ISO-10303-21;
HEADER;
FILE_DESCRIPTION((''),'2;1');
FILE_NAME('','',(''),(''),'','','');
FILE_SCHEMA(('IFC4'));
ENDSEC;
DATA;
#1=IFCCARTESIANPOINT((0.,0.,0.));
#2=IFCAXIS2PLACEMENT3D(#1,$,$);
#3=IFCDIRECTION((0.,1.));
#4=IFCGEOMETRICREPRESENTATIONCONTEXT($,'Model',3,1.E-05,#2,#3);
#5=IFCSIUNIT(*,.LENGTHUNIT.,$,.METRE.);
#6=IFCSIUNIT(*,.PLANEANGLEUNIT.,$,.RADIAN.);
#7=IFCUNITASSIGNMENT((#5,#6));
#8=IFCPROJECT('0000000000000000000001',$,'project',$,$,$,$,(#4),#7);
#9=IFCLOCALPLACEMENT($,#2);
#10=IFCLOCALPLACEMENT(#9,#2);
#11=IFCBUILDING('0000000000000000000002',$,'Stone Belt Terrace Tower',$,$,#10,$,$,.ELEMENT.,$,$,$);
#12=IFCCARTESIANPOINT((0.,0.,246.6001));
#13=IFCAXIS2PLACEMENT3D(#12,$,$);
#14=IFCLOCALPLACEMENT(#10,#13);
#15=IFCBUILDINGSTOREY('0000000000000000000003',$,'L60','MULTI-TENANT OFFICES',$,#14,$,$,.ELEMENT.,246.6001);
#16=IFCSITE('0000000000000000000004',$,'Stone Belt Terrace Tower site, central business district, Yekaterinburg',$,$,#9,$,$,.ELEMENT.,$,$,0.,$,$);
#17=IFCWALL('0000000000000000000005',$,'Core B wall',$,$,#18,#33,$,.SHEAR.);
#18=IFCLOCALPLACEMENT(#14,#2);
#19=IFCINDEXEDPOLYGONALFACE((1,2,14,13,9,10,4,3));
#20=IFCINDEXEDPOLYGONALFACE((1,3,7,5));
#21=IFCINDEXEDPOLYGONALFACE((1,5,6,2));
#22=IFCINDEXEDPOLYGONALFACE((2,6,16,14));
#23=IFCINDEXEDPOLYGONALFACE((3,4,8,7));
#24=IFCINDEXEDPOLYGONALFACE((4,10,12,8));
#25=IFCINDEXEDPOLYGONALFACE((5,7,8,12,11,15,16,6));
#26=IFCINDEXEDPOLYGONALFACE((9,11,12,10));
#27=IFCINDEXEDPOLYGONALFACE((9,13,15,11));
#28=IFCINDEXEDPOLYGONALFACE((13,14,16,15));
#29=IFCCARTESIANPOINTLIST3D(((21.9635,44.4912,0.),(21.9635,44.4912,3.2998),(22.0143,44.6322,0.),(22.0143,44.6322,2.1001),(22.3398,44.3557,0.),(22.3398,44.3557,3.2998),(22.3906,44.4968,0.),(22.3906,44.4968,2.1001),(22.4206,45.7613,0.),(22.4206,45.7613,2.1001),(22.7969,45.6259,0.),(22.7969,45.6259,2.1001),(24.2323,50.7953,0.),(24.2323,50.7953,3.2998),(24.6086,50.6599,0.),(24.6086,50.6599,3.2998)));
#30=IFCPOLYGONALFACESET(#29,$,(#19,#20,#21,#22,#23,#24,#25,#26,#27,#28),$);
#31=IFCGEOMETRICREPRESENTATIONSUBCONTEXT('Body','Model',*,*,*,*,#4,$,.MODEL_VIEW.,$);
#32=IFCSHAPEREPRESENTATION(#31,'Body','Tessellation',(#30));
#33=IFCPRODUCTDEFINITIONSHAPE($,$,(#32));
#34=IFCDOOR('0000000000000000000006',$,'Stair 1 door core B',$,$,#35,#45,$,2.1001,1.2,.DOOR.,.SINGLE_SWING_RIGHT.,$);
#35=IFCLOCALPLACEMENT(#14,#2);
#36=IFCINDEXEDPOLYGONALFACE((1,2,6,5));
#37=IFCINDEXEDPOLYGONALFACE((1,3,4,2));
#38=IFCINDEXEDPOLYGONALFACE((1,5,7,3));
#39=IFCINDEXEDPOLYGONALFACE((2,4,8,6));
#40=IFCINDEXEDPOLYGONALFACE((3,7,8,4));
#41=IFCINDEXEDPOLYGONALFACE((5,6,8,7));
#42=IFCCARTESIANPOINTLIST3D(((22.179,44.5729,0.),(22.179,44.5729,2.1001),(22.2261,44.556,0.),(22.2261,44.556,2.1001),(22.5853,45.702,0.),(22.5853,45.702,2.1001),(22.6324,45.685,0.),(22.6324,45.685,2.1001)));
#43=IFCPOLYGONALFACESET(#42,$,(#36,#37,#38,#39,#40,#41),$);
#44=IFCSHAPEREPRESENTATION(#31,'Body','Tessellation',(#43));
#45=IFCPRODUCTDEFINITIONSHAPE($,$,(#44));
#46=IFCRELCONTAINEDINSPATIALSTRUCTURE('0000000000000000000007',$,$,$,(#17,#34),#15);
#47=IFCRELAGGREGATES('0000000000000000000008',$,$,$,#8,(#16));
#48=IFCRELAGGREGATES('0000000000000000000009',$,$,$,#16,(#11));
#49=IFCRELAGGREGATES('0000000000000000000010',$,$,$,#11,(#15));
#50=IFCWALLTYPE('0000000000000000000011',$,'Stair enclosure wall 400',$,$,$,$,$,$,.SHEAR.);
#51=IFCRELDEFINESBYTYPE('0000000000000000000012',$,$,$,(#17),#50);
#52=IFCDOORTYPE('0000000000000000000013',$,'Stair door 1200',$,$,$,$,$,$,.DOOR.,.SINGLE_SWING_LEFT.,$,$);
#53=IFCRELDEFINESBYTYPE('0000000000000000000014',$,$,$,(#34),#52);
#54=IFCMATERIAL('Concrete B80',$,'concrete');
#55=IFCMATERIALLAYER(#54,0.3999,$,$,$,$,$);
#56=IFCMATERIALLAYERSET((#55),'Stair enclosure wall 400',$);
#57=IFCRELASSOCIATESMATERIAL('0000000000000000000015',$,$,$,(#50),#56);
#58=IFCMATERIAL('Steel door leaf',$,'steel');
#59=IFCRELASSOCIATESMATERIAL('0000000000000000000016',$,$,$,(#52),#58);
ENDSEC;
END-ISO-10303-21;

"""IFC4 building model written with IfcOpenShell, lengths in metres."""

from ifc_helpers import new_model, si_unit, direction, frame, frame_2d, origin, place, context, subcontext, project, spatial, rectangle, extrude, material, layer, layer_set, type_object, element, fill, save


model = new_model("IFC4")

# Units and contexts
model_context = context("Model", 3, precision=1e-05, world=origin(), true_north=direction((0.0, 1.0)))
body_context = subcontext(model_context, "Body", "Model", "MODEL_VIEW")
ifc_project = project(units=[si_unit("LENGTHUNIT", "METRE"), si_unit("PLANEANGLEUNIT", "RADIAN")], contexts=[model_context])

# Site, building, storey
site_placement = place(None, origin())
site = spatial("IfcSite", under=ifc_project, at=site_placement, Name="Stone Belt Terrace Tower site, central business district, Yekaterinburg", CompositionType="ELEMENT", RefElevation=0.0)
building_placement = place(site_placement, origin())
building = spatial("IfcBuilding", under=site, at=building_placement, Name="Stone Belt Terrace Tower", CompositionType="ELEMENT")
storey_placement = place(building_placement, frame((0.0, 0.0, 246.6001)))
storey = spatial("IfcBuildingStorey", under=building, at=storey_placement, Name="L60", Description="MULTI-TENANT OFFICES", CompositionType="ELEMENT", Elevation=246.6001)

# Wall, opening, door
ifc_material_1 = material(Name="Concrete B80", Category="concrete")
ifc_layer_1 = layer(ifc_material_1, 0.3999)
ifc_layer_set_1 = layer_set([ifc_layer_1], Name="Stair enclosure wall 400")
wall_type_1 = type_object("IfcWallType", Name="Stair enclosure wall 400", PredefinedType="SHEAR", material=ifc_layer_set_1)
wall_1_placement = place(storey_placement, frame((22.1516, 44.4233, 0.0), z_axis=(0.0, 0.0, 1.0), x_axis=(0.338625, 0.940921, 0.0)))
wall_1 = element("IfcWall", 1, at=wall_1_placement, inside=storey, type_object=wall_type_1, Name="Core B wall", PredefinedType="SHEAR", context=body_context, shape_type="SweptSolid", body=[
    extrude(rectangle(XDim=6.7, YDim=0.3999, at=frame_2d((3.3501, 0.0))), origin(), (0.0, 0.0, 1.0), 3.2998),
])
opening_1_placement = place(wall_1_placement, frame((0.1499, 0.0, 0.0)))
opening_1 = element("IfcOpeningElement", 2, at=opening_1_placement, cuts=wall_1, PredefinedType="OPENING", context=body_context, shape_type="SweptSolid", body=[
    extrude(rectangle(XDim=1.2, YDim=2.1001, at=frame_2d((0.6001, 1.05))), frame((0.0, 0.21, 0.0), z_axis=(0.0, -1.0, 0.0), x_axis=(1.0, 0.0, 0.0)), (0.0, 0.0, 1.0), 0.4199),
])
ifc_material_2 = material(Name="Steel door leaf", Category="steel")
door_type_1 = type_object("IfcDoorType", Name="Stair door 1200", OperationType="SINGLE_SWING_LEFT", PredefinedType="DOOR", material=ifc_material_2)
door_1_placement = place(opening_1_placement, origin())
door_1 = element("IfcDoor", 3, at=door_1_placement, inside=storey, type_object=door_type_1, Name="Stair 1 door core B", OperationType="SINGLE_SWING_RIGHT", OverallHeight=2.1001, OverallWidth=1.2, PredefinedType="DOOR", context=body_context, shape_type="SweptSolid", body=[
    extrude(rectangle(XDim=1.2, YDim=2.1001, at=frame_2d((0.6001, 1.05))), frame((0.0, 0.0249, 0.0), z_axis=(0.0, -1.0, 0.0), x_axis=(1.0, 0.0, 0.0)), (0.0, 0.0, 1.0), 0.05),
])
fill(opening_1, door_1)

save(model, "model.ifc")
